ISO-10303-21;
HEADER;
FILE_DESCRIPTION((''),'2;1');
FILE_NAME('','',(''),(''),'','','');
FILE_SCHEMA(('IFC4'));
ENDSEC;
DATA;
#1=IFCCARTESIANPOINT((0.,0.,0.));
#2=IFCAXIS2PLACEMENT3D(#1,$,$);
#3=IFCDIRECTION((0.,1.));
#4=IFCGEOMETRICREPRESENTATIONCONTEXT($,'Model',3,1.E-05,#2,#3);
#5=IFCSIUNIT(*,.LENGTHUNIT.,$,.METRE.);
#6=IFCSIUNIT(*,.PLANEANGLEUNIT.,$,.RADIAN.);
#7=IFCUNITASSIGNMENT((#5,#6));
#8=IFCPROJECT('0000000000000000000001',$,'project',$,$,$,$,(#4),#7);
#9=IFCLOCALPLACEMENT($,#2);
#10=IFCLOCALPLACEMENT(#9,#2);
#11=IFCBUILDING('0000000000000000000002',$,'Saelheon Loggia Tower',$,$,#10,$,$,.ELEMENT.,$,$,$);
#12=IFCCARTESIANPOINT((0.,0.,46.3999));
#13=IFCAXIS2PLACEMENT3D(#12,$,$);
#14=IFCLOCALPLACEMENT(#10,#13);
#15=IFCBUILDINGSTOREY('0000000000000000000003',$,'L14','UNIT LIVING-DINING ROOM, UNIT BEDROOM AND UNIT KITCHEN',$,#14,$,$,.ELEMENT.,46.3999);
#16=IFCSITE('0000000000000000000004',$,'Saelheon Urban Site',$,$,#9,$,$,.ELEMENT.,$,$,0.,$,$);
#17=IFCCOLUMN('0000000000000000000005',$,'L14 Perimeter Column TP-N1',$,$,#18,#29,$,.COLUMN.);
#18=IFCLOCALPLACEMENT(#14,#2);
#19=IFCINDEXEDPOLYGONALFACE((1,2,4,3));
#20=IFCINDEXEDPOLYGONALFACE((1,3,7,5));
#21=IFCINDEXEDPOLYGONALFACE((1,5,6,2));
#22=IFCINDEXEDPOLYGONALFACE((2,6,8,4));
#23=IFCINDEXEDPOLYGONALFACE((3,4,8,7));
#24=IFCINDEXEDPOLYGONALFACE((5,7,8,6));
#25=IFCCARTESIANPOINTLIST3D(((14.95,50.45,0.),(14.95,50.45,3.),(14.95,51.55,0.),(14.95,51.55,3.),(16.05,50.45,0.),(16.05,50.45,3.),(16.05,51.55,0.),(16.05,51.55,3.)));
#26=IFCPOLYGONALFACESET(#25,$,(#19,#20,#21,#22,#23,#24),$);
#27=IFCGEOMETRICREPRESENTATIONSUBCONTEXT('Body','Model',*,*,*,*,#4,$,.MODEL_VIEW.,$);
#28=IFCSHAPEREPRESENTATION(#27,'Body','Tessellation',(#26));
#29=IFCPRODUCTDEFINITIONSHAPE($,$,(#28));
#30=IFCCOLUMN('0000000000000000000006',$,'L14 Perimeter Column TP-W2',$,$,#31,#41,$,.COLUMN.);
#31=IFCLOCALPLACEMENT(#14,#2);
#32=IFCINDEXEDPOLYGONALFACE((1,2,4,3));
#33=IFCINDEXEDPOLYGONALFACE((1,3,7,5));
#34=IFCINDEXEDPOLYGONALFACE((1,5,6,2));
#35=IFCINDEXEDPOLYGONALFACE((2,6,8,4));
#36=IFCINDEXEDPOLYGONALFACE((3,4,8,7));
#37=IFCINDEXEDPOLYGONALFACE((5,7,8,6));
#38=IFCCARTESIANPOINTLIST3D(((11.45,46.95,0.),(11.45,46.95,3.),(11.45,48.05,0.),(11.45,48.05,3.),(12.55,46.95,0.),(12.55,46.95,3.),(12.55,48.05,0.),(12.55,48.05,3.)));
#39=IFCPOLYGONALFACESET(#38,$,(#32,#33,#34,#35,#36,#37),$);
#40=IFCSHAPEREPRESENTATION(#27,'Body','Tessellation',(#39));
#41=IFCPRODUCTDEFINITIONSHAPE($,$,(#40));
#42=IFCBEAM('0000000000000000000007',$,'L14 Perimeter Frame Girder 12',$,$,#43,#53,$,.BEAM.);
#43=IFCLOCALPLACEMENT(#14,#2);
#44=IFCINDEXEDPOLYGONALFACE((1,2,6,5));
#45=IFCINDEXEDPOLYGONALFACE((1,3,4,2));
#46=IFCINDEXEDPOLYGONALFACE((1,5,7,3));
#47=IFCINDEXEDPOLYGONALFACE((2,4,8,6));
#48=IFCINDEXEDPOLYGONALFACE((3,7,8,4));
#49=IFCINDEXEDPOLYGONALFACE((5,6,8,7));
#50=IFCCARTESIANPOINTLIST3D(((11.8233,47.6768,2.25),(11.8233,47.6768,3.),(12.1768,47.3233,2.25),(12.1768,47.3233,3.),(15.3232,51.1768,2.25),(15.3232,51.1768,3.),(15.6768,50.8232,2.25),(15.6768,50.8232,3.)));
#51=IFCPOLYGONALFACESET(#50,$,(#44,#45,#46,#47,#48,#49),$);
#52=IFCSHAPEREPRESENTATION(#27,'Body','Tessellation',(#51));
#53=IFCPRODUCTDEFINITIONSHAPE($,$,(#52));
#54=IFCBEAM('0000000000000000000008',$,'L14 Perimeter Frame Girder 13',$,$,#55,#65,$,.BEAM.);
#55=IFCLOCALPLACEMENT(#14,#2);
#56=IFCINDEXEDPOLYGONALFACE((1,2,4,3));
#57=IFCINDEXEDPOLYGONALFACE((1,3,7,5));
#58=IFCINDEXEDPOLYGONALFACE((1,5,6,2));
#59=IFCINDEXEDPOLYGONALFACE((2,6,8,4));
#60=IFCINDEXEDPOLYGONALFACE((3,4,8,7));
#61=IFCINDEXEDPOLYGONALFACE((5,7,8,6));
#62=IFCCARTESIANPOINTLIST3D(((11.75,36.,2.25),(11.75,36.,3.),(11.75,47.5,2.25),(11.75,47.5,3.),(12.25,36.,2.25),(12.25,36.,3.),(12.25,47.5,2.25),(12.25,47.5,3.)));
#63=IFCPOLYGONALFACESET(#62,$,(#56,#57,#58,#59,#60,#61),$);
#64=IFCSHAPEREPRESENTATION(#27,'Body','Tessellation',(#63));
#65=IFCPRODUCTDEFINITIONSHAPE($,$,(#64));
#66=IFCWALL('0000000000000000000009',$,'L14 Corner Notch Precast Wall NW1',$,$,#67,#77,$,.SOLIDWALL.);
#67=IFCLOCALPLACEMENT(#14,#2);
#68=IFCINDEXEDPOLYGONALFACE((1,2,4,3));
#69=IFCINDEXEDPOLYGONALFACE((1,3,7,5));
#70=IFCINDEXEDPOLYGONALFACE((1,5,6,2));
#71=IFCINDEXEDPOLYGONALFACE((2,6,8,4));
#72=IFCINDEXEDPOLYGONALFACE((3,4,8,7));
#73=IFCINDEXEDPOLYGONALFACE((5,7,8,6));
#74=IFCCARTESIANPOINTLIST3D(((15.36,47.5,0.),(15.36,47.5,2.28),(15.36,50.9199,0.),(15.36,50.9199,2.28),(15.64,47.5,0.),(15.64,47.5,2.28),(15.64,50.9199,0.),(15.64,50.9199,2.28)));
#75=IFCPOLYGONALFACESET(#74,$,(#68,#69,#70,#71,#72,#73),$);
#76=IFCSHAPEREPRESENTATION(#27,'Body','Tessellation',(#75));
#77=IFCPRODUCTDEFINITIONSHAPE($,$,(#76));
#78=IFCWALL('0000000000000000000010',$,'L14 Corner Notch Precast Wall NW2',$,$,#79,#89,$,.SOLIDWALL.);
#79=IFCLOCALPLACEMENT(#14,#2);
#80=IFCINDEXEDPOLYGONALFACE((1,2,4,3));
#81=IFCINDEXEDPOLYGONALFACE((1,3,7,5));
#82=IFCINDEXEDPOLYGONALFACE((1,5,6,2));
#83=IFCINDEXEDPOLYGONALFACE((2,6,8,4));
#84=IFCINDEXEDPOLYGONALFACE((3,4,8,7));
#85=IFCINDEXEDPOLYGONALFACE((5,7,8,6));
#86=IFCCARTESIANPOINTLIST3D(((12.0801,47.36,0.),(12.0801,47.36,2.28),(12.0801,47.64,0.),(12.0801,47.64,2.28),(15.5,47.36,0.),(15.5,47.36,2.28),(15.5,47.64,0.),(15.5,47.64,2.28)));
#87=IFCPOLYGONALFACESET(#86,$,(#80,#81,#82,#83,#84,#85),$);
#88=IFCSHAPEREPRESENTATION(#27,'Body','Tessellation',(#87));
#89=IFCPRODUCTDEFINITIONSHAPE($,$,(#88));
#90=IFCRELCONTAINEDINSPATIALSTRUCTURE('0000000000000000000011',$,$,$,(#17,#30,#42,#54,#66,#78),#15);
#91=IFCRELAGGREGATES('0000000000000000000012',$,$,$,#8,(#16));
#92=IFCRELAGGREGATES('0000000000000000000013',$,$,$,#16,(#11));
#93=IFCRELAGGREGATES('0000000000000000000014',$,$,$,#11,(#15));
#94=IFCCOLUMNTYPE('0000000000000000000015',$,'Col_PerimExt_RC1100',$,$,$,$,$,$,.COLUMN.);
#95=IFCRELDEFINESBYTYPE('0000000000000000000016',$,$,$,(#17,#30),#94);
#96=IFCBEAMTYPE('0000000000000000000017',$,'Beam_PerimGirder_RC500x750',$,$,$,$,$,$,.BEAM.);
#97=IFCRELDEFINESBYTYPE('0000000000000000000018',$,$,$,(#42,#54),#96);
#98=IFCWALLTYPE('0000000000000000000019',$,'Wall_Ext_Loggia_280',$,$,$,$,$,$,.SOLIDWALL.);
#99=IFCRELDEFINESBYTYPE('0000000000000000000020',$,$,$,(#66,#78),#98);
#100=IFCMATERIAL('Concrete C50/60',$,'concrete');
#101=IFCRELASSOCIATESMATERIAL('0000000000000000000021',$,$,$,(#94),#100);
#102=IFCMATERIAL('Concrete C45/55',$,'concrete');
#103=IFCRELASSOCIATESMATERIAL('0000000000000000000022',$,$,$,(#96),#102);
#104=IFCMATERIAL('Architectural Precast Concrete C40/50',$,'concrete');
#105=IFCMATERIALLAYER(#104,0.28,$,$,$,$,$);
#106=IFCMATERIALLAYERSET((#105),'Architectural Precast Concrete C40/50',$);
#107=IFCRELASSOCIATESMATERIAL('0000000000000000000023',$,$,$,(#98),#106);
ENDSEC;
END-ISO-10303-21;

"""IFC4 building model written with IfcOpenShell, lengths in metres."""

from ifc_helpers import new_model, si_unit, direction, frame, frame_2d, origin, origin_2d, place, context, subcontext, project, spatial, rectangle, extrude, source, transform, mapped, material, layer, layer_set, material_profile, profile_set, type_object, element, save


model = new_model("IFC4")

# Units and contexts
model_context = context("Model", 3, precision=1e-05, world=origin(), true_north=direction((0.0, 1.0)))
body_context = subcontext(model_context, "Body", "Model", "MODEL_VIEW")
ifc_project = project(units=[si_unit("LENGTHUNIT", "METRE"), si_unit("PLANEANGLEUNIT", "RADIAN")], contexts=[model_context])

# Site, building, storey
site_placement = place(None, origin())
site = spatial("IfcSite", under=ifc_project, at=site_placement, Name="Saelheon Urban Site", CompositionType="ELEMENT", RefElevation=0.0)
building_placement = place(site_placement, origin())
building = spatial("IfcBuilding", under=site, at=building_placement, Name="Saelheon Loggia Tower", CompositionType="ELEMENT")
storey_placement = place(building_placement, frame((0.0, 0.0, 46.3999)))
storey = spatial("IfcBuildingStorey", under=building, at=storey_placement, Name="L14", Description="UNIT LIVING-DINING ROOM, UNIT BEDROOM AND UNIT KITCHEN", CompositionType="ELEMENT", Elevation=46.3999)

# Columns
ifc_material_1 = material(Name="Concrete C50/60", Category="concrete")
ifc_material_profile_1 = material_profile(ifc_material_1, rectangle(XDim=1.1001, YDim=1.1001, at=origin_2d()), Name="RC-1100x1100")
ifc_profile_set_1 = profile_set([ifc_material_profile_1], Name="Concrete C50/60")
column_type = type_object("IfcColumnType", Name="Col_PerimExt_RC1100", PredefinedType="COLUMN", material=ifc_profile_set_1)
shared_shape_1 = source(origin(), body_context, "Body", "SweptSolid", [
    extrude(rectangle(XDim=1.1001, YDim=1.1001, at=origin_2d()), origin(), (0.0, 0.0, 1.0), 3.0),
])
for number, where, z_axis, x_axis, name in (
    (1, (15.5, 51.0, 0.0), (0.0, 0.0, 1.0), (1.0, 0.0, 0.0), "L14 Perimeter Column TP-N1"),
    (2, (12.0, 47.5, 0.0), (0.0, 0.0, 1.0), (1.0, 0.0, 0.0), "L14 Perimeter Column TP-W2"),
):
    element("IfcColumn", number, at=place(storey_placement, frame(where, z_axis=z_axis, x_axis=x_axis)), inside=storey, type_object=column_type, Name=name, PredefinedType="COLUMN", context=body_context, shape_type="MappedRepresentation", body=[
        mapped(shared_shape_1, transform((0.0, 0.0, 0.0), scale=1.0)),
    ])

# Beams
ifc_material_2 = material(Name="Concrete C45/55", Category="concrete")
ifc_material_profile_2 = material_profile(ifc_material_2, rectangle(XDim=0.5, YDim=0.75, at=origin_2d()), Name="RC-500x750")
ifc_profile_set_2 = profile_set([ifc_material_profile_2], Name="Concrete C45/55")
beam_type = type_object("IfcBeamType", Name="Beam_PerimGirder_RC500x750", PredefinedType="BEAM", material=ifc_profile_set_2)
shared_shape_2 = source(origin(), body_context, "Body", "SweptSolid", [
    extrude(rectangle(XDim=0.5, YDim=0.75, at=origin_2d()), origin(), (0.0, 0.0, 1.0), 4.9497),
])
beam_1_placement = place(storey_placement, frame((15.5, 51.0, 2.625), z_axis=(-0.707107, -0.707107, 0.0), x_axis=(0.707107, -0.707107, 0.0)))
element("IfcBeam", 3, at=beam_1_placement, inside=storey, type_object=beam_type, Name="L14 Perimeter Frame Girder 12", PredefinedType="BEAM", context=body_context, shape_type="MappedRepresentation", body=[
    mapped(shared_shape_2, transform((0.0, 0.0, 0.0), scale=1.0)),
])
shared_shape_3 = source(origin(), body_context, "Body", "SweptSolid", [
    extrude(rectangle(XDim=0.5, YDim=0.75, at=origin_2d()), origin(), (0.0, 0.0, 1.0), 11.5),
])
beam_2_placement = place(storey_placement, frame((12.0, 47.5, 2.625), z_axis=(0.0, -1.0, 0.0), x_axis=(1.0, 0.0, 0.0)))
element("IfcBeam", 4, at=beam_2_placement, inside=storey, type_object=beam_type, Name="L14 Perimeter Frame Girder 13", PredefinedType="BEAM", context=body_context, shape_type="MappedRepresentation", body=[
    mapped(shared_shape_3, transform((0.0, 0.0, 0.0), scale=1.0)),
])

# Shared definitions
ifc_material_3 = material(Name="Architectural Precast Concrete C40/50", Category="concrete")
ifc_layer = layer(ifc_material_3, 0.28)
ifc_layer_set = layer_set([ifc_layer], Name="Architectural Precast Concrete C40/50")
wall_type = type_object("IfcWallType", Name="Wall_Ext_Loggia_280", PredefinedType="SOLIDWALL", material=ifc_layer_set)

# Walls
for number, where, z_axis, x_axis, name in (
    (5, (15.5, 47.5, 0.0), (0.0, 0.0, 1.0), (0.0, 1.0, 0.0), "L14 Corner Notch Precast Wall NW1"),
    (6, (12.0801, 47.5, 0.0), (0.0, 0.0, 1.0), (1.0, 0.0, 0.0), "L14 Corner Notch Precast Wall NW2"),
):
    element("IfcWall", number, at=place(storey_placement, frame(where, z_axis=z_axis, x_axis=x_axis)), inside=storey, type_object=wall_type, Name=name, PredefinedType="SOLIDWALL", context=body_context, shape_type="SweptSolid", body=[
        extrude(rectangle(XDim=3.4199, YDim=0.28, at=frame_2d((1.71, 0.0))), origin(), (0.0, 0.0, 1.0), 2.28),
    ])

save(model, "model.ifc")
